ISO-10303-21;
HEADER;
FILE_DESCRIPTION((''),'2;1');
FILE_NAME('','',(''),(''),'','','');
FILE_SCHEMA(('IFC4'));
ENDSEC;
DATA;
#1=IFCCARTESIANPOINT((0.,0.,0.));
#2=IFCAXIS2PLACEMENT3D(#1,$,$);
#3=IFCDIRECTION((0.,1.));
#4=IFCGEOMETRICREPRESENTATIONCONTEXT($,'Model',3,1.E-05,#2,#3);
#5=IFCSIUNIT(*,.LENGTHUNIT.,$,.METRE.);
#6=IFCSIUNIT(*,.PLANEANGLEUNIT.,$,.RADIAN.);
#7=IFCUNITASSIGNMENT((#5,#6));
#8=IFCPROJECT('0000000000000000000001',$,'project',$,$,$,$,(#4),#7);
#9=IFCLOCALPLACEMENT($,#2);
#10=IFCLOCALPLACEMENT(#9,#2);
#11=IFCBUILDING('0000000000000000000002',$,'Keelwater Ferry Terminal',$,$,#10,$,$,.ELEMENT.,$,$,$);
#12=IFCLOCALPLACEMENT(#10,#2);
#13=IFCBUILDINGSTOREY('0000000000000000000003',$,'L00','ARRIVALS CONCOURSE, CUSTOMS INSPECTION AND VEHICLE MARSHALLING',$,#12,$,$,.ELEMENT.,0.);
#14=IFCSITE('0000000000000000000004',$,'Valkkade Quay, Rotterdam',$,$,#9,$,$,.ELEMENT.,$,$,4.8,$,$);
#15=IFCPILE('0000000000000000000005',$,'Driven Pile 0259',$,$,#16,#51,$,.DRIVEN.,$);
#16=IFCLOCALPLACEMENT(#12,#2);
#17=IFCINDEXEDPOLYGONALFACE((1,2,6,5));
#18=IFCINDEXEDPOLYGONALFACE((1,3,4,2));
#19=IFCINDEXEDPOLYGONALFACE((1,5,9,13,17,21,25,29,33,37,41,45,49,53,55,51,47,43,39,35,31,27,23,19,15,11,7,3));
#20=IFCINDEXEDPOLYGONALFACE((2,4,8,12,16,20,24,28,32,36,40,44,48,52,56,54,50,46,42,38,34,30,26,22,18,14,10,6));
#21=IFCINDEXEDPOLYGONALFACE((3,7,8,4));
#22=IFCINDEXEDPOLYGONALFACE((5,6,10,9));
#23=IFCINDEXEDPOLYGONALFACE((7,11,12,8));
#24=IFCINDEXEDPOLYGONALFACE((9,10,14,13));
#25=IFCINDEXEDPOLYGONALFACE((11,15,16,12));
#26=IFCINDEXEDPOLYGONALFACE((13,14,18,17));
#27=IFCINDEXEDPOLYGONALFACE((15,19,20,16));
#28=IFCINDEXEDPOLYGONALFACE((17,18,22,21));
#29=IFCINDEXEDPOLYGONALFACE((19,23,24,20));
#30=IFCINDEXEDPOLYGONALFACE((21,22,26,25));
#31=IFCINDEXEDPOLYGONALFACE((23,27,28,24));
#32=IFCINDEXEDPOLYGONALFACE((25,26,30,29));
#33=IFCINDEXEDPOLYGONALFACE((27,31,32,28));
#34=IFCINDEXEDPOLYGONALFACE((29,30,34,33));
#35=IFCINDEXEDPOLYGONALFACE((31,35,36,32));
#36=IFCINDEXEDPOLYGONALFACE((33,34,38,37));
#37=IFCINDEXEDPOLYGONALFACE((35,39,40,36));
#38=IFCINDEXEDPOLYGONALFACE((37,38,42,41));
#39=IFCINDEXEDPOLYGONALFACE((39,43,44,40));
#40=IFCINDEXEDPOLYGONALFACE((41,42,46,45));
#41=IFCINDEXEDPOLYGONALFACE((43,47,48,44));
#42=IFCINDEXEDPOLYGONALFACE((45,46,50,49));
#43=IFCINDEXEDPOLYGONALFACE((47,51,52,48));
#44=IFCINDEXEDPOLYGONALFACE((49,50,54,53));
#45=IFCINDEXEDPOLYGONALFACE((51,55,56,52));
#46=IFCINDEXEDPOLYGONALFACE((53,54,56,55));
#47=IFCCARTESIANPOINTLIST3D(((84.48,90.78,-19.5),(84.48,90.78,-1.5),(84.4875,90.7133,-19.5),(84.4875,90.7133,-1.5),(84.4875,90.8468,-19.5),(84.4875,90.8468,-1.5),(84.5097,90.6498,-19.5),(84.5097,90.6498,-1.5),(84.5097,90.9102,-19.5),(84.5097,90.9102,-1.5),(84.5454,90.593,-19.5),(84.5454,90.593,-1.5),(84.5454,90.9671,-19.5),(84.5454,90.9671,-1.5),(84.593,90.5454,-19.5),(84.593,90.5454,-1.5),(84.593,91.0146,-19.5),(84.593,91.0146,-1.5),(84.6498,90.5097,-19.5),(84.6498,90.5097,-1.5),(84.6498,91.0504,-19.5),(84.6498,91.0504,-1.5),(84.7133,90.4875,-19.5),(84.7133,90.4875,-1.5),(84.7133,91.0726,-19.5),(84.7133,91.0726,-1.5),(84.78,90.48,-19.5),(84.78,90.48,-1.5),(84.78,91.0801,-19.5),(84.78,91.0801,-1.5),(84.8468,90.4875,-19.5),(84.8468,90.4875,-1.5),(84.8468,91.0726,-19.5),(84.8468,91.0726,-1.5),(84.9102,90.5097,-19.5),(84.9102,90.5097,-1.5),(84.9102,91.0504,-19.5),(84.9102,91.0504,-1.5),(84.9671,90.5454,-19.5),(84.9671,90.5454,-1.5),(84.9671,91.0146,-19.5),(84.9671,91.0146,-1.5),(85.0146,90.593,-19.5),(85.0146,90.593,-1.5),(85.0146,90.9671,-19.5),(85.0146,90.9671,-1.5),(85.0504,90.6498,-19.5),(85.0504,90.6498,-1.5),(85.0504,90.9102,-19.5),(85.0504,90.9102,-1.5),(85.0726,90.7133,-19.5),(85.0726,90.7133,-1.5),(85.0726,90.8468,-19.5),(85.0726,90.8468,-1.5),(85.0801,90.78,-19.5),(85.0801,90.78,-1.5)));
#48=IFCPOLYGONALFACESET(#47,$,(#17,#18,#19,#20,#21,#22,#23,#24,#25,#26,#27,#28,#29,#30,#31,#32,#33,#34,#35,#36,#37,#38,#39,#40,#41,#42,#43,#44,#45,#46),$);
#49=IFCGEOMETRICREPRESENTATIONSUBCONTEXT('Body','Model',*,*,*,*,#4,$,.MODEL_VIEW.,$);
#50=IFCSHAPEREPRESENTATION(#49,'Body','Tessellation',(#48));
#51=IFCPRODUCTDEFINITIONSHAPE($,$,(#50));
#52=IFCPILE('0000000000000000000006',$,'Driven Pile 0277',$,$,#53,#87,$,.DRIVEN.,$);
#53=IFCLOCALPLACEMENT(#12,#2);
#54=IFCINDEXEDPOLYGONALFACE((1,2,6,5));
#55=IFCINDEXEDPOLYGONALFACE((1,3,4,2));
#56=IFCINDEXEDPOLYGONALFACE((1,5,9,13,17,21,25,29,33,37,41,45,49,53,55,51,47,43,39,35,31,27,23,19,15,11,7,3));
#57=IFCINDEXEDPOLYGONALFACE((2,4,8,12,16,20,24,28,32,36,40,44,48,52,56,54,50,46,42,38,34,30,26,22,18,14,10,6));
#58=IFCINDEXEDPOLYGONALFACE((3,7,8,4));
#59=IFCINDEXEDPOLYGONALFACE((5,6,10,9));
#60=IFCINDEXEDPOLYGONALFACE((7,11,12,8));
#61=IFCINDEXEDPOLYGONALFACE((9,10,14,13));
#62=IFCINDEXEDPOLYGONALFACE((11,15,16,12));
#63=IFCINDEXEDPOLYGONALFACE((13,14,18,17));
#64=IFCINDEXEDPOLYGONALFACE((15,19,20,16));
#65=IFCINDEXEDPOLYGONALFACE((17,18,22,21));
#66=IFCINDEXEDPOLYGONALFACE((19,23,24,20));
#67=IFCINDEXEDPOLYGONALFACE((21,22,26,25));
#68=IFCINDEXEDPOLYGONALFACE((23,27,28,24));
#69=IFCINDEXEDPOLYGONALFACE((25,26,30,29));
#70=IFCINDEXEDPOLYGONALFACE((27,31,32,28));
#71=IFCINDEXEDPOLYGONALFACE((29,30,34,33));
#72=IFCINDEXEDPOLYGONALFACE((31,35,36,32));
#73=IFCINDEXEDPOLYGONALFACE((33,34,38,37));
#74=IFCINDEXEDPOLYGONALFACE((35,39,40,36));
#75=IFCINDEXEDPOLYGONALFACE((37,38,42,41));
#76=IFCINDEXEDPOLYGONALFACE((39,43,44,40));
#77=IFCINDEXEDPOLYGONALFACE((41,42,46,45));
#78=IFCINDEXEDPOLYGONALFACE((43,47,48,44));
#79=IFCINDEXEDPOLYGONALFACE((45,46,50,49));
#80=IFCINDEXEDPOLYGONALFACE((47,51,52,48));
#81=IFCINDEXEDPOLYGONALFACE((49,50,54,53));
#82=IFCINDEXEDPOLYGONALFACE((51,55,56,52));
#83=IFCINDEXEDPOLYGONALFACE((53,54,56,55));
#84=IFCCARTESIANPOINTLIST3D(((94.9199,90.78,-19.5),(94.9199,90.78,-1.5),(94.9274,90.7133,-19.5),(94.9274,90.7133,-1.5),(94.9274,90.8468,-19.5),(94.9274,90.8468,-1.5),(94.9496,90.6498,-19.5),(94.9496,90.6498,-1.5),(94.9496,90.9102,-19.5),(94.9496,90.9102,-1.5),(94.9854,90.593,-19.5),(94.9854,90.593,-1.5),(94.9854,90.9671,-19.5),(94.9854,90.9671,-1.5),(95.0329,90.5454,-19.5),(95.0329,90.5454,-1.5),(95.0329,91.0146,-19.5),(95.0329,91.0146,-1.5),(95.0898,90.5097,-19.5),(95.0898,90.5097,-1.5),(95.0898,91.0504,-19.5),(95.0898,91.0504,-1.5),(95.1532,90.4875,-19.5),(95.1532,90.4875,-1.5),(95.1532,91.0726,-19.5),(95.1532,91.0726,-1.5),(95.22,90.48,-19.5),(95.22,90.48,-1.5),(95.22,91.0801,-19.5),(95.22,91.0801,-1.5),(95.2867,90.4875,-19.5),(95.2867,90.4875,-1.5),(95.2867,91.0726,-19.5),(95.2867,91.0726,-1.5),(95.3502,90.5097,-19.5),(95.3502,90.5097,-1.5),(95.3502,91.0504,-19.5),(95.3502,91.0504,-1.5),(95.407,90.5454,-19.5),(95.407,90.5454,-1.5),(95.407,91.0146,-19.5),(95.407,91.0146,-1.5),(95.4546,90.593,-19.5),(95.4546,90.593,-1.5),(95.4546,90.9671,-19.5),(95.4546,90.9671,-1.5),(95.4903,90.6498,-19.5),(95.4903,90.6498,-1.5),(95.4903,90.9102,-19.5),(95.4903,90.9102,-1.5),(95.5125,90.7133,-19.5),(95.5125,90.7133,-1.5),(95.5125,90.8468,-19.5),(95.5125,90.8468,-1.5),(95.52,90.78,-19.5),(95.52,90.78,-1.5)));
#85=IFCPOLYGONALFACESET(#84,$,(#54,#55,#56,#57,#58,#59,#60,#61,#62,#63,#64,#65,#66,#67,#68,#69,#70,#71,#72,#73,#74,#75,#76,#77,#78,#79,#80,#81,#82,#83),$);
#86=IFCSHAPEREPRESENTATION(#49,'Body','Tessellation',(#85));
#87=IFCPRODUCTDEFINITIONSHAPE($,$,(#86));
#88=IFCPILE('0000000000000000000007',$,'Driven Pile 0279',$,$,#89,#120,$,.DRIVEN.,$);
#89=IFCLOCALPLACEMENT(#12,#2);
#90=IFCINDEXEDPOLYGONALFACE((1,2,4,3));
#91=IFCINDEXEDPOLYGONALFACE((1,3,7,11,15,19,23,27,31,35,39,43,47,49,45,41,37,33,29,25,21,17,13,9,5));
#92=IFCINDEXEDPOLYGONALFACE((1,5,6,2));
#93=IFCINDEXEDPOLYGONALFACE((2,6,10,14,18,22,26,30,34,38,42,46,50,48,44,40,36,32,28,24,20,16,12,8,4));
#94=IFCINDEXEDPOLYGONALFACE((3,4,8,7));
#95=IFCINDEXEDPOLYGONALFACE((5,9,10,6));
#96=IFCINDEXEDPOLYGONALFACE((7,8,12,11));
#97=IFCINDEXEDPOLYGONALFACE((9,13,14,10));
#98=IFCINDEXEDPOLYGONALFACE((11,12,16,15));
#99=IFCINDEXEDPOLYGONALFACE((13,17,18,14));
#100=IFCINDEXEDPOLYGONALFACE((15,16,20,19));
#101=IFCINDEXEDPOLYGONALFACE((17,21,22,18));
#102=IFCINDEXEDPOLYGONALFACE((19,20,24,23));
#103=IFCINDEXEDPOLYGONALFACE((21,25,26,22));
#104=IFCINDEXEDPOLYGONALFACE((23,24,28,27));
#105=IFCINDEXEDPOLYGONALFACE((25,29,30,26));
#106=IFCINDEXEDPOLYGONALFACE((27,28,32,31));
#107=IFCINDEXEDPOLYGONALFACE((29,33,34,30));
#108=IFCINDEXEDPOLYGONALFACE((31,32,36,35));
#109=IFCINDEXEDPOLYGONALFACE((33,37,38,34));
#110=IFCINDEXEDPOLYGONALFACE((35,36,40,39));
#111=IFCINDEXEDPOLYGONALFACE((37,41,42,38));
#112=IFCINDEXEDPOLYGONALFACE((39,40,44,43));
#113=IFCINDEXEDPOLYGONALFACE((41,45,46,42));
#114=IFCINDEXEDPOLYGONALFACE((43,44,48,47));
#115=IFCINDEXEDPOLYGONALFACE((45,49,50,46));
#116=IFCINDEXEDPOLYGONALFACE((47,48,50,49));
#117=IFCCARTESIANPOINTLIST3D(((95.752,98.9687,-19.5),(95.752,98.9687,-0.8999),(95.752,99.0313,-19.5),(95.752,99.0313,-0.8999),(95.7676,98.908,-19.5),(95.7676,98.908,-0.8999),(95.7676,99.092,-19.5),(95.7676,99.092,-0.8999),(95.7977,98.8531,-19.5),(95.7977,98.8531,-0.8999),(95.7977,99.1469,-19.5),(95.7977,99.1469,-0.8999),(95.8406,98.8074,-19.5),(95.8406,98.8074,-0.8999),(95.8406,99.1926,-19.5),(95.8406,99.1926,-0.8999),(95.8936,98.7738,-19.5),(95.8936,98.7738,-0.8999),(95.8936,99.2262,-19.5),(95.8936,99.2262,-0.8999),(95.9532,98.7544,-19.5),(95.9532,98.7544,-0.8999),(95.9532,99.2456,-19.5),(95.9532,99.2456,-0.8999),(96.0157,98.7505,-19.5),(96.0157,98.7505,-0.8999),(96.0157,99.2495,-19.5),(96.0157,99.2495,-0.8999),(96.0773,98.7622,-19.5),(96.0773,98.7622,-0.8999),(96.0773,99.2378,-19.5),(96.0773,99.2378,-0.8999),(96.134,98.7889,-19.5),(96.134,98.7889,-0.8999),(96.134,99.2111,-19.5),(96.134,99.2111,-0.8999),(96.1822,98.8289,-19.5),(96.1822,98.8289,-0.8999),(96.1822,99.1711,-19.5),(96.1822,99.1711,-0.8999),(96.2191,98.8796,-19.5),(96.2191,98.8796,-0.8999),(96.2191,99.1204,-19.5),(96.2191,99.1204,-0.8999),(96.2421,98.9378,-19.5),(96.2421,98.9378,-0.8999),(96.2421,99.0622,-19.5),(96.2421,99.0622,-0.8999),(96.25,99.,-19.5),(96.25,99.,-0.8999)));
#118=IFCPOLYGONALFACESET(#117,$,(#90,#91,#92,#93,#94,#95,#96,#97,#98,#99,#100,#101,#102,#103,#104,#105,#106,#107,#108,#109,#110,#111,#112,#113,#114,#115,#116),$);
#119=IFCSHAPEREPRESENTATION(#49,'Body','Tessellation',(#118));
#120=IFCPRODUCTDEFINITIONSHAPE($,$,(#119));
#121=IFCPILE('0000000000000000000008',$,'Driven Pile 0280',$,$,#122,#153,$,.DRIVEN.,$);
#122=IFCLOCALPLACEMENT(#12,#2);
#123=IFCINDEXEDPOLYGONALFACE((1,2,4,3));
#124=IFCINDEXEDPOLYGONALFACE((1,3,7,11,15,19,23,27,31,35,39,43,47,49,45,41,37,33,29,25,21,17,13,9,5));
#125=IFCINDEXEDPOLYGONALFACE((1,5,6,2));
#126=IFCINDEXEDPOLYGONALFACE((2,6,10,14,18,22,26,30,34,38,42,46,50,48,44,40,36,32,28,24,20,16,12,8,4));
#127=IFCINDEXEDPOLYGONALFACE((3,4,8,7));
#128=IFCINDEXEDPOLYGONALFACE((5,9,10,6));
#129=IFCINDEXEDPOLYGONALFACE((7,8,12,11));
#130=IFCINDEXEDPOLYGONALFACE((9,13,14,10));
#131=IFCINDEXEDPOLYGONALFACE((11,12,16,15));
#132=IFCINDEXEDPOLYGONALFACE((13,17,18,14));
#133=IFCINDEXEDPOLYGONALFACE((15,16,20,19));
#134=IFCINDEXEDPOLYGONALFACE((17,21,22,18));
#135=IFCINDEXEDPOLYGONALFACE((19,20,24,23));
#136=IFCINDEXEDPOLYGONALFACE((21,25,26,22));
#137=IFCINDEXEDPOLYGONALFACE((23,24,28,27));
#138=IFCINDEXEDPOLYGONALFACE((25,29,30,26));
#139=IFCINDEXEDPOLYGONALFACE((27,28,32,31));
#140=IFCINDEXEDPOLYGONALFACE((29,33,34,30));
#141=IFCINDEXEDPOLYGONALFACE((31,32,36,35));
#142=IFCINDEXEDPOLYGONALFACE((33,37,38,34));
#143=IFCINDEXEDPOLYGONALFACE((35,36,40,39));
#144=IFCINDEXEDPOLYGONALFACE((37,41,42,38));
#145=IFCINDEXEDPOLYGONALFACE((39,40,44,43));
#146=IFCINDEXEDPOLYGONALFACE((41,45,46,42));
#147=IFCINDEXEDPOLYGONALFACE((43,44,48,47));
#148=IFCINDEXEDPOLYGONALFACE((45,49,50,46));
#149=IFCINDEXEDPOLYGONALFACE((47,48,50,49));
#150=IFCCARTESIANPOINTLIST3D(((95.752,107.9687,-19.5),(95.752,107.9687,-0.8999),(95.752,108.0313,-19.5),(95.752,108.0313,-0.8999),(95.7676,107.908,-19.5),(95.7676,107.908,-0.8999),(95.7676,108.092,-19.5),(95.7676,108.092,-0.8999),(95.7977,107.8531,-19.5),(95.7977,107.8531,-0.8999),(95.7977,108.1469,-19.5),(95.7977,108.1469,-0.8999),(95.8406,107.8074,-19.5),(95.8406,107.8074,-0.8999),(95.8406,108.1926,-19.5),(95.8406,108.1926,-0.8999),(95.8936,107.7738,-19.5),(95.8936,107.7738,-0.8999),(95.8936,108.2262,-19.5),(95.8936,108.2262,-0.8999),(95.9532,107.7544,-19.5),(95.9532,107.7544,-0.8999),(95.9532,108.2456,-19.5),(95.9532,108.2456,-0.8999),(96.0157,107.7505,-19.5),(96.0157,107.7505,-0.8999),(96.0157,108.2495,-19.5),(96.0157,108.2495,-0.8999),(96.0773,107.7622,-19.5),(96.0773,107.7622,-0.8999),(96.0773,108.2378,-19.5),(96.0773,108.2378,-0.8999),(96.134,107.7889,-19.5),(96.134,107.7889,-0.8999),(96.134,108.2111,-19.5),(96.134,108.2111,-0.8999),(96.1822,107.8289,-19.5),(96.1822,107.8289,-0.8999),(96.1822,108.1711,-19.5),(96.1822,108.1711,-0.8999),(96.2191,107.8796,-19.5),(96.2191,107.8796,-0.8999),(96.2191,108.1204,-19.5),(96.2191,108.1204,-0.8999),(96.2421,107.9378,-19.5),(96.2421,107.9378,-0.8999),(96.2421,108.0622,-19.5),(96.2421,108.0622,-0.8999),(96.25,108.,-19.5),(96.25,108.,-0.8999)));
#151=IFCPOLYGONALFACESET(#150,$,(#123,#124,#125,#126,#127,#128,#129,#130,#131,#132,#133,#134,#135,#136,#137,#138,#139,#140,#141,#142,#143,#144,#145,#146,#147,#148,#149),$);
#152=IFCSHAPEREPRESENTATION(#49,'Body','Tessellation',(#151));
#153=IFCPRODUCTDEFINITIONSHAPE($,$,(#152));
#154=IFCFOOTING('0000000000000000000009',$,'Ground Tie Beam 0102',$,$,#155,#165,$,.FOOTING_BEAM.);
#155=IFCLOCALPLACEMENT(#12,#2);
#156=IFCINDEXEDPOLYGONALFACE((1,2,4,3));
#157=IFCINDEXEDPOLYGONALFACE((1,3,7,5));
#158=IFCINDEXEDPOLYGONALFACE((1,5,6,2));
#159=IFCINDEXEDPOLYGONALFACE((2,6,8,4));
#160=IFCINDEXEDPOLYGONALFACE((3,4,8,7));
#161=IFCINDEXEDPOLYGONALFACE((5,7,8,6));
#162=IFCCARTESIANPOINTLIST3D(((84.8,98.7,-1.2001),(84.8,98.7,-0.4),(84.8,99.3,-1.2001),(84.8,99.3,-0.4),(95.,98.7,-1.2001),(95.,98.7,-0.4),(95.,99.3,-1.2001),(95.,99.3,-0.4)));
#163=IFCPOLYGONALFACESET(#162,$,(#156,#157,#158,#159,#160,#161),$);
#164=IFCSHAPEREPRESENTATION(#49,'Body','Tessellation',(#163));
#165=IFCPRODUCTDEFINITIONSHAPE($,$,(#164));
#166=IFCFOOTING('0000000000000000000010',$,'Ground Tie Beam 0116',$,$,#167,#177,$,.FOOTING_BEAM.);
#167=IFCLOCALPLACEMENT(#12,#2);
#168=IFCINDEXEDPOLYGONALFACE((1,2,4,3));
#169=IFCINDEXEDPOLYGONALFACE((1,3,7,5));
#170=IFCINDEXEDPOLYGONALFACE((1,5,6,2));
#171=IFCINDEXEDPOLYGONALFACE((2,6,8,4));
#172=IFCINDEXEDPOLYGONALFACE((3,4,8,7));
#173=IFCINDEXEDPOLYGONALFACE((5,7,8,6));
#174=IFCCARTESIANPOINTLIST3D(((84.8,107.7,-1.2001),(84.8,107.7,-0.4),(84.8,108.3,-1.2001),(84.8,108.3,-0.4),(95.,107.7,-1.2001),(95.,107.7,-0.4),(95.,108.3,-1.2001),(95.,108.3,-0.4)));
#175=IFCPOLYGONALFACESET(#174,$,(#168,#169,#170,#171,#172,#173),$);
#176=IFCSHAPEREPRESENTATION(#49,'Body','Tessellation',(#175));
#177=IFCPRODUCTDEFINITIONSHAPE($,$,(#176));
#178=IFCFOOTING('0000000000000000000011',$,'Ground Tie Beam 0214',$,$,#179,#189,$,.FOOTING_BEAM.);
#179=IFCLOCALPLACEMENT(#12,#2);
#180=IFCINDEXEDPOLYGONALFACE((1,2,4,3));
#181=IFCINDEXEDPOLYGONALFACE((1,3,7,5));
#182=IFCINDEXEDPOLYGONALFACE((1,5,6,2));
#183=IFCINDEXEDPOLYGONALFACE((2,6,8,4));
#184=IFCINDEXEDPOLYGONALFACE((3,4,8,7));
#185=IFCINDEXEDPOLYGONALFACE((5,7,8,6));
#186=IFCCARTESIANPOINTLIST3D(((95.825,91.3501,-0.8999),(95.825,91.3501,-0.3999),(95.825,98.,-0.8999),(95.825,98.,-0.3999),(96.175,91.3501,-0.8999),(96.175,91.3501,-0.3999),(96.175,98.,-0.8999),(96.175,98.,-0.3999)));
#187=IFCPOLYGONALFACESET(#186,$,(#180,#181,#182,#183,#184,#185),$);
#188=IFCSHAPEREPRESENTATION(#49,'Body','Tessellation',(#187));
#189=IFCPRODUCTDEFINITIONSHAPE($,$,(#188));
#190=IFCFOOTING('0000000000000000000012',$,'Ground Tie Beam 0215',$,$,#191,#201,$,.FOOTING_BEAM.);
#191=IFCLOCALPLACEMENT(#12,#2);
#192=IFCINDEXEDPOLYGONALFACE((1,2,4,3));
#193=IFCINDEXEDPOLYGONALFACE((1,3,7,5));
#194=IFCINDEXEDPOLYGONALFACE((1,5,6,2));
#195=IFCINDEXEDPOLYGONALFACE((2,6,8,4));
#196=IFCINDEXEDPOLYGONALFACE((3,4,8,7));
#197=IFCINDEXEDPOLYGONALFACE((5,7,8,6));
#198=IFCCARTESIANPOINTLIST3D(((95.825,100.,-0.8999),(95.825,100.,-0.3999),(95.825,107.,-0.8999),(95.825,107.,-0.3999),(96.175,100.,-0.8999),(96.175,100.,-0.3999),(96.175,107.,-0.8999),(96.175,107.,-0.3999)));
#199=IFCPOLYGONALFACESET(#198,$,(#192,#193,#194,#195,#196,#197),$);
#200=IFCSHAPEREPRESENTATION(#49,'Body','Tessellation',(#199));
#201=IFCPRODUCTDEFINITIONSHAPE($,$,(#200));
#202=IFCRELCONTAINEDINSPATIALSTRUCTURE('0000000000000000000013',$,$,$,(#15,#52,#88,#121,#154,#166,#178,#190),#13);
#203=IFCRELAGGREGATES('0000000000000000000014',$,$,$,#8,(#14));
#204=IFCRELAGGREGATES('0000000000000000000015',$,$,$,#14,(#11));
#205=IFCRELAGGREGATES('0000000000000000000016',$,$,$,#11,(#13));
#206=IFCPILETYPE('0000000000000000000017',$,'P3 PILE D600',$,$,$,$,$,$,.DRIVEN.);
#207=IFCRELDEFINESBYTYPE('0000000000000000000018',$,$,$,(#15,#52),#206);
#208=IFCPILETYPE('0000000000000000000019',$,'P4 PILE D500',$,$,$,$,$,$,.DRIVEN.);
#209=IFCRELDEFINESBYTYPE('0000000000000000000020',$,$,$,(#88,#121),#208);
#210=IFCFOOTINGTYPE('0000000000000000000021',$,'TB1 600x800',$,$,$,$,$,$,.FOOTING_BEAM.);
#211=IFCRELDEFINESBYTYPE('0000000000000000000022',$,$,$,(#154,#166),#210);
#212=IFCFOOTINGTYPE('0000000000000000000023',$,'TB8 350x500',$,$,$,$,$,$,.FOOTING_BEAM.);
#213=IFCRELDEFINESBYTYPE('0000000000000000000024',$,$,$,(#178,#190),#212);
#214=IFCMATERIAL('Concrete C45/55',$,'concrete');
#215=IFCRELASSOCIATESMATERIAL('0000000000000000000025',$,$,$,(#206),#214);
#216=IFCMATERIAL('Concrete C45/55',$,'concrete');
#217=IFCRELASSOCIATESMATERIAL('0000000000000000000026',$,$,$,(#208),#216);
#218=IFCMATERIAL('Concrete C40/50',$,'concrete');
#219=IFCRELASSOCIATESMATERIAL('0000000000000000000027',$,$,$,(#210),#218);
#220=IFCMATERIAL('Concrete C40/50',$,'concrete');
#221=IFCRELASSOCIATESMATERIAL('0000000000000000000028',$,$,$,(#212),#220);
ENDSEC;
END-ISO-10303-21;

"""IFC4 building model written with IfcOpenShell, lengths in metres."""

from ifc_helpers import new_model, si_unit, direction, frame, origin, origin_2d, place, context, subcontext, project, spatial, rectangle, circle, extrude, material, material_profile, profile_set, type_object, element, save


model = new_model("IFC4")

# Units and contexts
model_context = context("Model", 3, precision=1e-05, world=origin(), true_north=direction((0.0, 1.0)))
body_context = subcontext(model_context, "Body", "Model", "MODEL_VIEW")
ifc_project = project(units=[si_unit("LENGTHUNIT", "METRE"), si_unit("PLANEANGLEUNIT", "RADIAN")], contexts=[model_context])

# Site, building, storey
site_placement = place(None, origin())
site = spatial("IfcSite", under=ifc_project, at=site_placement, Name="Valkkade Quay, Rotterdam", CompositionType="ELEMENT", RefElevation=4.8)
building_placement = place(site_placement, origin())
building = spatial("IfcBuilding", under=site, at=building_placement, Name="Keelwater Ferry Terminal", CompositionType="ELEMENT")
storey_placement = place(building_placement, origin())
storey = spatial("IfcBuildingStorey", under=building, at=storey_placement, Name="L00", Description="ARRIVALS CONCOURSE, CUSTOMS INSPECTION AND VEHICLE MARSHALLING", CompositionType="ELEMENT", Elevation=0.0)

# Piles
ifc_material_1 = material(Name="Concrete C45/55", Category="concrete")
ifc_material_profile_1 = material_profile(ifc_material_1, circle(Radius=0.3, at=origin_2d()), Name="PILE D600")
ifc_profile_set_1 = profile_set([ifc_material_profile_1], Name="Concrete C45/55")
pile_type_1 = type_object("IfcPileType", Name="P3 PILE D600", PredefinedType="DRIVEN", material=ifc_profile_set_1)
for number, where, z_axis, x_axis, name in (
    (1, (84.78, 90.78, -1.5), (0.0, 0.0, -1.0), (1.0, 0.0, 0.0), "Driven Pile 0259"),
    (2, (95.22, 90.78, -1.5), (0.0, 0.0, -1.0), (1.0, 0.0, 0.0), "Driven Pile 0277"),
):
    element("IfcPile", number, at=place(storey_placement, frame(where, z_axis=z_axis, x_axis=x_axis)), inside=storey, type_object=pile_type_1, Name=name, PredefinedType="DRIVEN", context=body_context, shape_type="SweptSolid", body=[
        extrude(circle(Radius=0.3, at=origin_2d()), origin(), (0.0, 0.0, 1.0), 18.0),
    ])
ifc_material_2 = material(Name="Concrete C45/55", Category="concrete")
ifc_material_profile_2 = material_profile(ifc_material_2, circle(Radius=0.25, at=origin_2d()), Name="PILE D500")
ifc_profile_set_2 = profile_set([ifc_material_profile_2], Name="Concrete C45/55")
pile_type_2 = type_object("IfcPileType", Name="P4 PILE D500", PredefinedType="DRIVEN", material=ifc_profile_set_2)
for number, where, z_axis, x_axis, name in (
    (3, (96.0, 99.0, -0.8999), (0.0, 0.0, -1.0), (1.0, 0.0, 0.0), "Driven Pile 0279"),
    (4, (96.0, 108.0, -0.8999), (0.0, 0.0, -1.0), (1.0, 0.0, 0.0), "Driven Pile 0280"),
):
    element("IfcPile", number, at=place(storey_placement, frame(where, z_axis=z_axis, x_axis=x_axis)), inside=storey, type_object=pile_type_2, Name=name, PredefinedType="DRIVEN", context=body_context, shape_type="SweptSolid", body=[
        extrude(circle(Radius=0.25, at=origin_2d()), origin(), (0.0, 0.0, 1.0), 18.6001),
    ])

# Footings
ifc_material_3 = material(Name="Concrete C40/50", Category="concrete")
ifc_material_profile_3 = material_profile(ifc_material_3, rectangle(XDim=0.6001, YDim=0.8, at=origin_2d()), Name="TB 600x800")
ifc_profile_set_3 = profile_set([ifc_material_profile_3], Name="Concrete C40/50")
footing_type_1 = type_object("IfcFootingType", Name="TB1 600x800", PredefinedType="FOOTING_BEAM", material=ifc_profile_set_3)
for number, where, z_axis, x_axis, name in (
    (5, (84.8, 99.0, -0.8), (1.0, 0.0, 0.0), (0.0, 1.0, 0.0), "Ground Tie Beam 0102"),
    (6, (84.8, 108.0, -0.8), (1.0, 0.0, 0.0), (0.0, 1.0, 0.0), "Ground Tie Beam 0116"),
):
    element("IfcFooting", number, at=place(storey_placement, frame(where, z_axis=z_axis, x_axis=x_axis)), inside=storey, type_object=footing_type_1, Name=name, PredefinedType="FOOTING_BEAM", context=body_context, shape_type="SweptSolid", body=[
        extrude(rectangle(XDim=0.6001, YDim=0.8, at=origin_2d()), origin(), (0.0, 0.0, 1.0), 10.2),
    ])
ifc_material_4 = material(Name="Concrete C40/50", Category="concrete")
ifc_material_profile_4 = material_profile(ifc_material_4, rectangle(XDim=0.3501, YDim=0.5, at=origin_2d()), Name="TB 350x500")
ifc_profile_set_4 = profile_set([ifc_material_profile_4], Name="Concrete C40/50")
footing_type_2 = type_object("IfcFootingType", Name="TB8 350x500", PredefinedType="FOOTING_BEAM", material=ifc_profile_set_4)
footing_1_placement = place(storey_placement, frame((96.0, 91.3501, -0.6499), z_axis=(0.0, 1.0, 0.0), x_axis=(-1.0, 0.0, 0.0)))
element("IfcFooting", 7, at=footing_1_placement, inside=storey, type_object=footing_type_2, Name="Ground Tie Beam 0214", PredefinedType="FOOTING_BEAM", context=body_context, shape_type="SweptSolid", body=[
    extrude(rectangle(XDim=0.3501, YDim=0.5, at=origin_2d()), origin(), (0.0, 0.0, 1.0), 6.6499),
])
footing_2_placement = place(storey_placement, frame((96.0, 100.0, -0.6499), z_axis=(0.0, 1.0, 0.0), x_axis=(-1.0, 0.0, 0.0)))
element("IfcFooting", 8, at=footing_2_placement, inside=storey, type_object=footing_type_2, Name="Ground Tie Beam 0215", PredefinedType="FOOTING_BEAM", context=body_context, shape_type="SweptSolid", body=[
    extrude(rectangle(XDim=0.3501, YDim=0.5, at=origin_2d()), origin(), (0.0, 0.0, 1.0), 7.0),
])

save(model, "model.ifc")
